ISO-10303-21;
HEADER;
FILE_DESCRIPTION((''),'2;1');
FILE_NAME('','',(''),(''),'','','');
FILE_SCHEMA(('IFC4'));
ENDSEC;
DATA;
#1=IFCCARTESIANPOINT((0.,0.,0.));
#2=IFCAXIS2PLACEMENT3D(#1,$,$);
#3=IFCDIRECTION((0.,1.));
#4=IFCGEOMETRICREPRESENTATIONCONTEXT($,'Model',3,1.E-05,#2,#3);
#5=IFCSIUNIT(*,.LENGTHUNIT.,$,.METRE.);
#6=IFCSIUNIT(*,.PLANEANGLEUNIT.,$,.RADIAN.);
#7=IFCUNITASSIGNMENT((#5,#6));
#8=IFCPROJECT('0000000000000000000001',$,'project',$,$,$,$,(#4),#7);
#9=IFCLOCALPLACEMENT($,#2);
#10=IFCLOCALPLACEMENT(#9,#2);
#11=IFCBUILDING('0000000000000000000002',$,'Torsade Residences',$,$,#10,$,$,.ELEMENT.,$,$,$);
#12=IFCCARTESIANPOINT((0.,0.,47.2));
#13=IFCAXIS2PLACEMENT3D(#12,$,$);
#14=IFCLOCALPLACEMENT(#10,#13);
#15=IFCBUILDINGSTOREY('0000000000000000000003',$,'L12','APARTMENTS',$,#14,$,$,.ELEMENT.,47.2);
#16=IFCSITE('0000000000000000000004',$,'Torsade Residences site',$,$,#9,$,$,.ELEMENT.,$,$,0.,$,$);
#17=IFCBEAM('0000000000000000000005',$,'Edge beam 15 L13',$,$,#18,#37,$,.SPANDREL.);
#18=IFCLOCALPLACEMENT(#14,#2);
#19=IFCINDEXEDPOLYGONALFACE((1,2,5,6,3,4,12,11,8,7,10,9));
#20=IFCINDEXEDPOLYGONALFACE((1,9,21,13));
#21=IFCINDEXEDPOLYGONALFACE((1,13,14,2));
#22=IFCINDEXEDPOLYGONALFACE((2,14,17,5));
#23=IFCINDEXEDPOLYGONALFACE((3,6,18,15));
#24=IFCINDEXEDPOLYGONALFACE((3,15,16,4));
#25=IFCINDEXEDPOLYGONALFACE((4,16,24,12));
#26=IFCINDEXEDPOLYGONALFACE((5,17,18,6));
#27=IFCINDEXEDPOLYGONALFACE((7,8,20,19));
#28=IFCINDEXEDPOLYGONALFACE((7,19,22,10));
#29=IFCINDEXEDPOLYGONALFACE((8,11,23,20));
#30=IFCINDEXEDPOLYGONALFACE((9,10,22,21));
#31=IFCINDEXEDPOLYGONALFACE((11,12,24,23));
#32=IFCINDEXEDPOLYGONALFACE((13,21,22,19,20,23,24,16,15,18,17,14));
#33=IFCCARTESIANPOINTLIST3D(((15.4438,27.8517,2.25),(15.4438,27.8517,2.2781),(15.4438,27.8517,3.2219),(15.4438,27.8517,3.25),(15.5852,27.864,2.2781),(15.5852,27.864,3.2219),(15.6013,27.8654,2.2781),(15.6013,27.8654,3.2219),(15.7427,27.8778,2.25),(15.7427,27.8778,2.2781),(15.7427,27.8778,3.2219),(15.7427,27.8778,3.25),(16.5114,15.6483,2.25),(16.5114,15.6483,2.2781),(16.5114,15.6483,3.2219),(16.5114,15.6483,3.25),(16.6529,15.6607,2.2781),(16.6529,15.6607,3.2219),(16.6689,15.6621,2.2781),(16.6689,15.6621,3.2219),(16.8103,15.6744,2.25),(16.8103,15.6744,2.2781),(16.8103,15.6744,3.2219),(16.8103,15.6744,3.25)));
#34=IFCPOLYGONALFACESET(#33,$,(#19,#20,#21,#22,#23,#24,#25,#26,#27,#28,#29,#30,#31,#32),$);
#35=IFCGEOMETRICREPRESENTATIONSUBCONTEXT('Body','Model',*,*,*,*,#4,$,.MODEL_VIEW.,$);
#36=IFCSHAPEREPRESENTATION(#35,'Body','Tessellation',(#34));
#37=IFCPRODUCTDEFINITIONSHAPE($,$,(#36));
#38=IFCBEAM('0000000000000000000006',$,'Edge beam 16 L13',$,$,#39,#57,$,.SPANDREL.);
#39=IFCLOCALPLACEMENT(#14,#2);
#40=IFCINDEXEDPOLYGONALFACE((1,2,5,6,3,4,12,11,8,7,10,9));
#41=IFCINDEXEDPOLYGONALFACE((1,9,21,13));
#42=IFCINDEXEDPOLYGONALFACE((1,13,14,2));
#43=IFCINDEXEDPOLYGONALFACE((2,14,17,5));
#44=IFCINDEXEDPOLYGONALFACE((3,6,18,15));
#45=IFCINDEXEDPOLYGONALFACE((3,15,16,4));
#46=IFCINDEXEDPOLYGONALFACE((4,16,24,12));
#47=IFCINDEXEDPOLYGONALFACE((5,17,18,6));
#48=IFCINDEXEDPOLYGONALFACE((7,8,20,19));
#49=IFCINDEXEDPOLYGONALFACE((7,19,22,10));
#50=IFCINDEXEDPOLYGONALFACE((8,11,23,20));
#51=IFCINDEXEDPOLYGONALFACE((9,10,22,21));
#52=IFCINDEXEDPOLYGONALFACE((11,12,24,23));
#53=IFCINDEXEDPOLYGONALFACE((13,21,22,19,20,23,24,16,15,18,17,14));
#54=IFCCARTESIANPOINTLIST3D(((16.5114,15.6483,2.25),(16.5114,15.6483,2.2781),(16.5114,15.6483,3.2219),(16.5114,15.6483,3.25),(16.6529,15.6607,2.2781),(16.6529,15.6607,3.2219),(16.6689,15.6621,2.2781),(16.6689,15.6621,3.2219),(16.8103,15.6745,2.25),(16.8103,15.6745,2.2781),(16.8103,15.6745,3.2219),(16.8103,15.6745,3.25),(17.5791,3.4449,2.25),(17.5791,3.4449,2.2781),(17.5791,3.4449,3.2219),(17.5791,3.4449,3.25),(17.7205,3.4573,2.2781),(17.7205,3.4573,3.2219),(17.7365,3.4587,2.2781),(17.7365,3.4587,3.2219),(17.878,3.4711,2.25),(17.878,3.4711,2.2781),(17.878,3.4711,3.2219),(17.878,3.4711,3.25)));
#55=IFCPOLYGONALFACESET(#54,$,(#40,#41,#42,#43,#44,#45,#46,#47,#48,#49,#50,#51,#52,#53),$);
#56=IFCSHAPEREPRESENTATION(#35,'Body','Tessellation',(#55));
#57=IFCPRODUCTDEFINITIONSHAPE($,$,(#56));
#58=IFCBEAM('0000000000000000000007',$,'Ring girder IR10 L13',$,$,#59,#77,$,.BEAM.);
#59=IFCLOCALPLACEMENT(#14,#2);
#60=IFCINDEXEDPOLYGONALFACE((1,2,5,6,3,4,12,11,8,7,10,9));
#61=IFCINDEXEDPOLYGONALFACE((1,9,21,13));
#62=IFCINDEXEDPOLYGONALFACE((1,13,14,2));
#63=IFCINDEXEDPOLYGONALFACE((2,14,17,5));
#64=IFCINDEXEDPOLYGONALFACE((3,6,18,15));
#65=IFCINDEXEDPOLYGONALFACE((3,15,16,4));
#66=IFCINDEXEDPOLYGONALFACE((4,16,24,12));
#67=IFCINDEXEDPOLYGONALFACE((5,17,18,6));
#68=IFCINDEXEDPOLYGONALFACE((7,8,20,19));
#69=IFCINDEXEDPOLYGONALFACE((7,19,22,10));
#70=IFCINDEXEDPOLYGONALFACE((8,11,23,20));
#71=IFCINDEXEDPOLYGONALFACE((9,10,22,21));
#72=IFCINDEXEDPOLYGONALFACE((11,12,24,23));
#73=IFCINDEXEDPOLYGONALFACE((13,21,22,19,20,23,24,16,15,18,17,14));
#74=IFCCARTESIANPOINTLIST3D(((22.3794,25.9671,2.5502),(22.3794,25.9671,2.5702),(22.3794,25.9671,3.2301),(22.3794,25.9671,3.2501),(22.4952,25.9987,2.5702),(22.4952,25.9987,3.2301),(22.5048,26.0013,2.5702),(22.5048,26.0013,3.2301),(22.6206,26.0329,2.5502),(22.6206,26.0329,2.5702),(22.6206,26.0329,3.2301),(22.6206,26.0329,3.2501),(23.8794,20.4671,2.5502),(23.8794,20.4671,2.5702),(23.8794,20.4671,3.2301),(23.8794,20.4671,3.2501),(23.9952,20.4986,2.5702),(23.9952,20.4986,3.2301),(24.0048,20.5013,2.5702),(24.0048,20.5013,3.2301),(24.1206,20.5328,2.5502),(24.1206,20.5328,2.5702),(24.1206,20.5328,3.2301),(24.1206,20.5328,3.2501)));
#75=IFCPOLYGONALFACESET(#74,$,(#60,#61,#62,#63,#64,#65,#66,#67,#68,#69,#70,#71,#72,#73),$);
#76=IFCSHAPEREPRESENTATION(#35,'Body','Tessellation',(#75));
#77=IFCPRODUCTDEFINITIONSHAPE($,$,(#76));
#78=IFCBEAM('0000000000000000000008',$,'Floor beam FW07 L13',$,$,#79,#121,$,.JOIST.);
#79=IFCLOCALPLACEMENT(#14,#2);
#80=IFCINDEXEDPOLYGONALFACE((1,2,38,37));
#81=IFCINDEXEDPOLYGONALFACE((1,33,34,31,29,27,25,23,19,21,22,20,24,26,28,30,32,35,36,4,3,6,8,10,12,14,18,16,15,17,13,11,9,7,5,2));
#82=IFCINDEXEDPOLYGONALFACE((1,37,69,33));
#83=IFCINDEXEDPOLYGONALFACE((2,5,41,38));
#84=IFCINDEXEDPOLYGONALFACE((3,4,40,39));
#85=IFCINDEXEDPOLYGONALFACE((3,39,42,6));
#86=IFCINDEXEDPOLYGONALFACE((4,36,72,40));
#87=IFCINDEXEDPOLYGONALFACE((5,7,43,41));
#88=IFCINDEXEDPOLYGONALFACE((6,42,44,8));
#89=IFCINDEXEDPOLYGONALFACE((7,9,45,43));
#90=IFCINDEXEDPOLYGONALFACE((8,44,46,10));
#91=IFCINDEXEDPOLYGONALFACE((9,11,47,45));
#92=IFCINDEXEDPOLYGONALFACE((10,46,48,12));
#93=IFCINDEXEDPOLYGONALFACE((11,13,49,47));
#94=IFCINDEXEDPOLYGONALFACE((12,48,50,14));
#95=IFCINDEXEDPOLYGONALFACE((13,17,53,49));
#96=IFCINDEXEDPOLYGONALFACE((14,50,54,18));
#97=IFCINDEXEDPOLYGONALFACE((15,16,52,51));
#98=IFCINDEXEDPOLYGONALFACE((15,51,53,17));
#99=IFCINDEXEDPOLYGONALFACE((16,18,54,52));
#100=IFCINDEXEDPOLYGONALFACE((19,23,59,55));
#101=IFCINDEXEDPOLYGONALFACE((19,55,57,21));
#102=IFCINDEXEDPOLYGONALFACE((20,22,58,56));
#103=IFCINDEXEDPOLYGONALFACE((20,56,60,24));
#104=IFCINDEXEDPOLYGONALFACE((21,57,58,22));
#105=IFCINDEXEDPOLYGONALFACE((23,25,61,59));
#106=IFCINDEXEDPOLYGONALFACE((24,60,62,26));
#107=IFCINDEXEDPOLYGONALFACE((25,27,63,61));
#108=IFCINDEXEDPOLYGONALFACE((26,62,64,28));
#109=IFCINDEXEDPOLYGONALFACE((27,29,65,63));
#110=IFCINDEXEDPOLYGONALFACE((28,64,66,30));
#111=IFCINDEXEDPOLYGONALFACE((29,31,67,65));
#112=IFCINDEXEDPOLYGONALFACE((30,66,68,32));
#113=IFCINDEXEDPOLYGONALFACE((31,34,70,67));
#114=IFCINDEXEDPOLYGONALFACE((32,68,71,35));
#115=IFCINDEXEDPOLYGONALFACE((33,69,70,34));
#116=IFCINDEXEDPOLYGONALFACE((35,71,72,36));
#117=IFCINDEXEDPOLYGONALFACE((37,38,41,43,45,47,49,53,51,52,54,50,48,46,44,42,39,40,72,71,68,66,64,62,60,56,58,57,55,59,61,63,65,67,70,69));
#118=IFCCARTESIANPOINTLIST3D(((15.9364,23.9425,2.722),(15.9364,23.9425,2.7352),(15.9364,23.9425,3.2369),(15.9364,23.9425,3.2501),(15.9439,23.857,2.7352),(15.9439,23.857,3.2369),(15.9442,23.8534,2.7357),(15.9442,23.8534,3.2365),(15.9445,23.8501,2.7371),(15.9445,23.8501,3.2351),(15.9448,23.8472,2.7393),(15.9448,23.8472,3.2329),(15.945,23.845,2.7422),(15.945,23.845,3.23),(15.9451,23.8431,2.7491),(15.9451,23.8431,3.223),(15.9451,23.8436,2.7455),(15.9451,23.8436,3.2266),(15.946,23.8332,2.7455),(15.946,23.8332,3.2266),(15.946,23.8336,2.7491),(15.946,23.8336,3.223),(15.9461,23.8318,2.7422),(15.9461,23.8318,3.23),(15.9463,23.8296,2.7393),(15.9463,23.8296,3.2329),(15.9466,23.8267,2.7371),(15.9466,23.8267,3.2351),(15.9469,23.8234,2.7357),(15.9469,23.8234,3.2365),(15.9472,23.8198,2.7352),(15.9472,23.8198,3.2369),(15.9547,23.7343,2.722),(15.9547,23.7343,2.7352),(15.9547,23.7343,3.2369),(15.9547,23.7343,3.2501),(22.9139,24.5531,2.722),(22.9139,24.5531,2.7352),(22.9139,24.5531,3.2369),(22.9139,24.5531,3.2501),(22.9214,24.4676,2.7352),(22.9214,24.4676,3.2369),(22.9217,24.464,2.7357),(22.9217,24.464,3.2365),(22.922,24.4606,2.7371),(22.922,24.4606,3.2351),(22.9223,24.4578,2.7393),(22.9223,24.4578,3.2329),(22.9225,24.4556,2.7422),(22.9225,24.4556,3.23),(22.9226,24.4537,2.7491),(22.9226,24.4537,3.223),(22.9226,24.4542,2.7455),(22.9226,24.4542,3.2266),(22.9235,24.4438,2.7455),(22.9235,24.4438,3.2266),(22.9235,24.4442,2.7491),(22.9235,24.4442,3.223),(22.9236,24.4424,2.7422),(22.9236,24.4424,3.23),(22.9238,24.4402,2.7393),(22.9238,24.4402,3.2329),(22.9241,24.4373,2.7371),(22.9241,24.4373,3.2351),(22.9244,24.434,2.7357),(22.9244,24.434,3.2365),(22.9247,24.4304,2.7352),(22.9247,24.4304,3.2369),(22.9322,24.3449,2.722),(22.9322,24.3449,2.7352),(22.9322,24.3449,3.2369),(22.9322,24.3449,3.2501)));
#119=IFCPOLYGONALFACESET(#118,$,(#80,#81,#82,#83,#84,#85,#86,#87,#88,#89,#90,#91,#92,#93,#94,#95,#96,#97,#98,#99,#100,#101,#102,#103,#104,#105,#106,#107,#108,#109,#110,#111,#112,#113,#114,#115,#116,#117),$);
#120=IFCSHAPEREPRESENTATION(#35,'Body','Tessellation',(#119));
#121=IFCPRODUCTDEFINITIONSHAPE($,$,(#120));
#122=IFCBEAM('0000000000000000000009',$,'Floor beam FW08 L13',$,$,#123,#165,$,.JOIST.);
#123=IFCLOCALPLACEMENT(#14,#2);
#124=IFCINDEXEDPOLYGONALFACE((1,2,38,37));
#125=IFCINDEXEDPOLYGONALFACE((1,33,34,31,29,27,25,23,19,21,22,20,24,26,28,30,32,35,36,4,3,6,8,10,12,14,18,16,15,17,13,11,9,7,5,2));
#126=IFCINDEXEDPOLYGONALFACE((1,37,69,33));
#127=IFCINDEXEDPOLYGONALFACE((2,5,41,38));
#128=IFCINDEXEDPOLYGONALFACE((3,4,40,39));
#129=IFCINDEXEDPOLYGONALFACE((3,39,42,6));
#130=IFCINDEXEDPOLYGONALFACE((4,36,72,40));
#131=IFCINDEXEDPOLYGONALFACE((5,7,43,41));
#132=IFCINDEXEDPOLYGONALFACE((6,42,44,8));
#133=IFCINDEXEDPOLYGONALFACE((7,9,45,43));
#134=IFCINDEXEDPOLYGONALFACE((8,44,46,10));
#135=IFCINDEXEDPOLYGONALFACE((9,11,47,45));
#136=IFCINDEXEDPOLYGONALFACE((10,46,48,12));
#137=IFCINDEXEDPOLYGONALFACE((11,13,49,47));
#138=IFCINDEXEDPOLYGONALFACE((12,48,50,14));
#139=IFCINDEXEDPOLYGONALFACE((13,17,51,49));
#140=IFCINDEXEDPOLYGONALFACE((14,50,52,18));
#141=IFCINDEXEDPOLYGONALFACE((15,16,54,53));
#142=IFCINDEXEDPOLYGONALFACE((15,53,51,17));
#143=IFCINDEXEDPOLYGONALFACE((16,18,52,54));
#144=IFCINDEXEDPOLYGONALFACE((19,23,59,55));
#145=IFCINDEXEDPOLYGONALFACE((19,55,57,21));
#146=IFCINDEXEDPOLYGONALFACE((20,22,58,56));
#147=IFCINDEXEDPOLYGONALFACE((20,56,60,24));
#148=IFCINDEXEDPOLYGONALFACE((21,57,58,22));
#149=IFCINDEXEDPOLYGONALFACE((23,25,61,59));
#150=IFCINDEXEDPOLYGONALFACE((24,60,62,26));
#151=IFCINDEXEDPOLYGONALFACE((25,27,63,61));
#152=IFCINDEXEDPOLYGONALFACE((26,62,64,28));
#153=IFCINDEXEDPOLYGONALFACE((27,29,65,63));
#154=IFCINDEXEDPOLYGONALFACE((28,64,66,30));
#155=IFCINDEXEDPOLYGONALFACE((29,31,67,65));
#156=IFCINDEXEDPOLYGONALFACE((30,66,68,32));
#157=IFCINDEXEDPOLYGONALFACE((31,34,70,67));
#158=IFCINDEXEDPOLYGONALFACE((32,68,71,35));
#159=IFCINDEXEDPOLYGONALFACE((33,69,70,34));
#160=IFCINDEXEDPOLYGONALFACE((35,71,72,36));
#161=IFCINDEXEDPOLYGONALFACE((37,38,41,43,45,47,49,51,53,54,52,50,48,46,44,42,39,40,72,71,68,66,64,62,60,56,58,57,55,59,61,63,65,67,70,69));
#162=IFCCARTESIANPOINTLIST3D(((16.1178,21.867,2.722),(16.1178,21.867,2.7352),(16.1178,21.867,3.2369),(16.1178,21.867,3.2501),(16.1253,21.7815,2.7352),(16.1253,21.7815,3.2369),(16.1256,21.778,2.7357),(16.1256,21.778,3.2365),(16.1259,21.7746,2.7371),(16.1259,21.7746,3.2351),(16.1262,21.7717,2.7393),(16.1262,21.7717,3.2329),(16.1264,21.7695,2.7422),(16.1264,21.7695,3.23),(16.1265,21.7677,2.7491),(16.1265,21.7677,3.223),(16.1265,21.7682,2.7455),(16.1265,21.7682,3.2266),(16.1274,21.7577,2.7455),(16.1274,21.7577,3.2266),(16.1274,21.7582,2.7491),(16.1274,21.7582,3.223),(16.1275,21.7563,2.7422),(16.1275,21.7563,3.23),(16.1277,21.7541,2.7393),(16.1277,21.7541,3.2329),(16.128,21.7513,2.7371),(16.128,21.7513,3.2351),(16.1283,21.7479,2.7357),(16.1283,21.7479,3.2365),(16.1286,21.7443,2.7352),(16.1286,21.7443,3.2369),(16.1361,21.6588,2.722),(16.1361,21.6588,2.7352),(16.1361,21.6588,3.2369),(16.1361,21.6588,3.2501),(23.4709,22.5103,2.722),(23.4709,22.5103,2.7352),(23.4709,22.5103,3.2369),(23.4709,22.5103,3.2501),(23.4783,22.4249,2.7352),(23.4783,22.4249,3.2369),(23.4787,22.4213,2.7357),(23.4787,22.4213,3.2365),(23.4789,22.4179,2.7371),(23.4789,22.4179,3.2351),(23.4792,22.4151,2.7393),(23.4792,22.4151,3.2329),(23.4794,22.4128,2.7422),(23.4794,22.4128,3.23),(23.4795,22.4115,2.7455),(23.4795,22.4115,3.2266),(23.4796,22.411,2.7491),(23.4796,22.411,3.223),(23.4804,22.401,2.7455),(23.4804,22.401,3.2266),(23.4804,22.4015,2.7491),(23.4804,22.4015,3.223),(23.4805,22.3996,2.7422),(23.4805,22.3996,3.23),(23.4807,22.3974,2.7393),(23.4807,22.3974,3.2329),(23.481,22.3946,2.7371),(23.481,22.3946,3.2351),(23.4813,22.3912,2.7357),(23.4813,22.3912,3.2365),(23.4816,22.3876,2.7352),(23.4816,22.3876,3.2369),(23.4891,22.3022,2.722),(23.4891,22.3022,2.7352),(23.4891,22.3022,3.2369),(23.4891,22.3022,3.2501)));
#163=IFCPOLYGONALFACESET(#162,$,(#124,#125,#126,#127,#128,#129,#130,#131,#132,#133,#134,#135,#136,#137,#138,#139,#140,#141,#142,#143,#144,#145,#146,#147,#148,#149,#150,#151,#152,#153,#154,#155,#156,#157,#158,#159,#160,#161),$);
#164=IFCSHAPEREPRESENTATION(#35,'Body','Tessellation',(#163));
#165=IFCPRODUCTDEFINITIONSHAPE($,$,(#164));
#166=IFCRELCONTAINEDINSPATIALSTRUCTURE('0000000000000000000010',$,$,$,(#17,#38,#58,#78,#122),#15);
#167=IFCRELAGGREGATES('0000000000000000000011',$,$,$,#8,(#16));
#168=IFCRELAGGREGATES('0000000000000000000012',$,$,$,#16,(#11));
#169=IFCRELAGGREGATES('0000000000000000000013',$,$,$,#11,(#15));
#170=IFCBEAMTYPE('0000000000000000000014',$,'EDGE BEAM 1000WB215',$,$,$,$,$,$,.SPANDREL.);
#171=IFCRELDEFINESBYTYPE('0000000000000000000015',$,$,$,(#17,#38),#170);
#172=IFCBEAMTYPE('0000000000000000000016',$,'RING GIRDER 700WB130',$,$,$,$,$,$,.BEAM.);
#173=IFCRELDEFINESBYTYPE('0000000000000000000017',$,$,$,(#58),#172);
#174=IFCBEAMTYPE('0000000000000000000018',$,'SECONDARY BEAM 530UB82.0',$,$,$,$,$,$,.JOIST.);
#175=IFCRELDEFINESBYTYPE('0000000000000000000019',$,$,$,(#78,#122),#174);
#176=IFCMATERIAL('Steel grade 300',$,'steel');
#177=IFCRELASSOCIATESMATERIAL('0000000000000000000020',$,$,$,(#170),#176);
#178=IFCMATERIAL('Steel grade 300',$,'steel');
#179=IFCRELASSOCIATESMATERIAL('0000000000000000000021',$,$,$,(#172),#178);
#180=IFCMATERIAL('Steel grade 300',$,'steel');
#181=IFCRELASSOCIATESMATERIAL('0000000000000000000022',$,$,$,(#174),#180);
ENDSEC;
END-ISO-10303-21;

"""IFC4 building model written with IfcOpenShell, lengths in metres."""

from ifc_helpers import new_model, si_unit, direction, frame, origin, origin_2d, place, context, subcontext, project, spatial, i_section, extrude, material, material_profile, profile_set, type_object, element, save


model = new_model("IFC4")

# Units and contexts
model_context = context("Model", 3, precision=1e-05, world=origin(), true_north=direction((0.0, 1.0)))
body_context = subcontext(model_context, "Body", "Model", "MODEL_VIEW")
ifc_project = project(units=[si_unit("LENGTHUNIT", "METRE"), si_unit("PLANEANGLEUNIT", "RADIAN")], contexts=[model_context])

# Site, building, storey
site_placement = place(None, origin())
site = spatial("IfcSite", under=ifc_project, at=site_placement, Name="Torsade Residences site", CompositionType="ELEMENT", RefElevation=0.0)
building_placement = place(site_placement, origin())
building = spatial("IfcBuilding", under=site, at=building_placement, Name="Torsade Residences", CompositionType="ELEMENT")
storey_placement = place(building_placement, frame((0.0, 0.0, 47.2)))
storey = spatial("IfcBuildingStorey", under=building, at=storey_placement, Name="L12", Description="APARTMENTS", CompositionType="ELEMENT", Elevation=47.2)

# Beams
ifc_material_1 = material(Name="Steel grade 300", Category="steel")
ifc_material_profile_1 = material_profile(ifc_material_1, i_section(OverallWidth=0.3, OverallDepth=1.0, WebThickness=0.0161, FlangeThickness=0.0281, at=origin_2d()), Name="1000WB215")
ifc_profile_set_1 = profile_set([ifc_material_profile_1], Name="Steel grade 300")
beam_type_1 = type_object("IfcBeamType", Name="EDGE BEAM 1000WB215", PredefinedType="SPANDREL", material=ifc_profile_set_1)
for number, where, z_axis, x_axis, name in (
    (1, (15.5933, 27.8647, 2.75), (0.087153, -0.996195, 0.0), (0.996195, 0.087153, 0.0), "Edge beam 15 L13"),
    (2, (16.6609, 15.6614, 2.75), (0.087153, -0.996195, 0.0), (0.996195, 0.087153, 0.0), "Edge beam 16 L13"),
):
    element("IfcBeam", number, at=place(storey_placement, frame(where, z_axis=z_axis, x_axis=x_axis)), inside=storey, type_object=beam_type_1, Name=name, PredefinedType="SPANDREL", context=body_context, shape_type="SweptSolid", body=[
        extrude(i_section(OverallWidth=0.3, OverallDepth=1.0, WebThickness=0.0161, FlangeThickness=0.0281, at=origin_2d()), origin(), (0.0, 0.0, 1.0), 12.25),
    ])
ifc_material_2 = material(Name="Steel grade 300", Category="steel")
ifc_material_profile_2 = material_profile(ifc_material_2, i_section(OverallWidth=0.25, OverallDepth=0.7, WebThickness=0.01, FlangeThickness=0.02, at=origin_2d()), Name="700WB130")
ifc_profile_set_2 = profile_set([ifc_material_profile_2], Name="Steel grade 300")
beam_type_2 = type_object("IfcBeamType", Name="RING GIRDER 700WB130", PredefinedType="BEAM", material=ifc_profile_set_2)
beam_1_placement = place(storey_placement, frame((22.5, 26.0, 2.9001), z_axis=(0.263117, -0.964764, 0.0), x_axis=(0.964764, 0.263117, 0.0)))
element("IfcBeam", 3, at=beam_1_placement, inside=storey, type_object=beam_type_2, Name="Ring girder IR10 L13", PredefinedType="BEAM", context=body_context, shape_type="SweptSolid", body=[
    extrude(i_section(OverallWidth=0.25, OverallDepth=0.7, WebThickness=0.01, FlangeThickness=0.02, at=origin_2d()), origin(), (0.0, 0.0, 1.0), 5.7009),
])
ifc_material_3 = material(Name="Steel grade 300", Category="steel")
ifc_material_profile_3 = material_profile(ifc_material_3, i_section(OverallWidth=0.209, OverallDepth=0.5281, WebThickness=0.0095, FlangeThickness=0.0132, FilletRadius=0.0139, at=origin_2d()), Name="530UB82.0")
ifc_profile_set_3 = profile_set([ifc_material_profile_3], Name="Steel grade 300")
beam_type_3 = type_object("IfcBeamType", Name="SECONDARY BEAM 530UB82.0", PredefinedType="JOIST", material=ifc_profile_set_3)
beam_2_placement = place(storey_placement, frame((15.9456, 23.8384, 2.9861), z_axis=(0.996193, 0.087176, 0.0), x_axis=(-0.087176, 0.996193, 0.0)))
element("IfcBeam", 4, at=beam_2_placement, inside=storey, type_object=beam_type_3, Name="Floor beam FW07 L13", PredefinedType="JOIST", context=body_context, shape_type="SweptSolid", body=[
    extrude(i_section(OverallWidth=0.209, OverallDepth=0.5281, WebThickness=0.0095, FlangeThickness=0.0132, FilletRadius=0.0139, at=origin_2d()), origin(), (0.0, 0.0, 1.0), 7.0042),
])
beam_3_placement = place(storey_placement, frame((16.127, 21.7629, 2.9861), z_axis=(0.996195, 0.087156, 0.0), x_axis=(-0.087156, 0.996195, 0.0)))
element("IfcBeam", 5, at=beam_3_placement, inside=storey, type_object=beam_type_3, Name="Floor beam FW08 L13", PredefinedType="JOIST", context=body_context, shape_type="SweptSolid", body=[
    extrude(i_section(OverallWidth=0.209, OverallDepth=0.5281, WebThickness=0.0095, FlangeThickness=0.0132, FilletRadius=0.0139, at=origin_2d()), origin(), (0.0, 0.0, 1.0), 7.3811),
])

save(model, "model.ifc")
